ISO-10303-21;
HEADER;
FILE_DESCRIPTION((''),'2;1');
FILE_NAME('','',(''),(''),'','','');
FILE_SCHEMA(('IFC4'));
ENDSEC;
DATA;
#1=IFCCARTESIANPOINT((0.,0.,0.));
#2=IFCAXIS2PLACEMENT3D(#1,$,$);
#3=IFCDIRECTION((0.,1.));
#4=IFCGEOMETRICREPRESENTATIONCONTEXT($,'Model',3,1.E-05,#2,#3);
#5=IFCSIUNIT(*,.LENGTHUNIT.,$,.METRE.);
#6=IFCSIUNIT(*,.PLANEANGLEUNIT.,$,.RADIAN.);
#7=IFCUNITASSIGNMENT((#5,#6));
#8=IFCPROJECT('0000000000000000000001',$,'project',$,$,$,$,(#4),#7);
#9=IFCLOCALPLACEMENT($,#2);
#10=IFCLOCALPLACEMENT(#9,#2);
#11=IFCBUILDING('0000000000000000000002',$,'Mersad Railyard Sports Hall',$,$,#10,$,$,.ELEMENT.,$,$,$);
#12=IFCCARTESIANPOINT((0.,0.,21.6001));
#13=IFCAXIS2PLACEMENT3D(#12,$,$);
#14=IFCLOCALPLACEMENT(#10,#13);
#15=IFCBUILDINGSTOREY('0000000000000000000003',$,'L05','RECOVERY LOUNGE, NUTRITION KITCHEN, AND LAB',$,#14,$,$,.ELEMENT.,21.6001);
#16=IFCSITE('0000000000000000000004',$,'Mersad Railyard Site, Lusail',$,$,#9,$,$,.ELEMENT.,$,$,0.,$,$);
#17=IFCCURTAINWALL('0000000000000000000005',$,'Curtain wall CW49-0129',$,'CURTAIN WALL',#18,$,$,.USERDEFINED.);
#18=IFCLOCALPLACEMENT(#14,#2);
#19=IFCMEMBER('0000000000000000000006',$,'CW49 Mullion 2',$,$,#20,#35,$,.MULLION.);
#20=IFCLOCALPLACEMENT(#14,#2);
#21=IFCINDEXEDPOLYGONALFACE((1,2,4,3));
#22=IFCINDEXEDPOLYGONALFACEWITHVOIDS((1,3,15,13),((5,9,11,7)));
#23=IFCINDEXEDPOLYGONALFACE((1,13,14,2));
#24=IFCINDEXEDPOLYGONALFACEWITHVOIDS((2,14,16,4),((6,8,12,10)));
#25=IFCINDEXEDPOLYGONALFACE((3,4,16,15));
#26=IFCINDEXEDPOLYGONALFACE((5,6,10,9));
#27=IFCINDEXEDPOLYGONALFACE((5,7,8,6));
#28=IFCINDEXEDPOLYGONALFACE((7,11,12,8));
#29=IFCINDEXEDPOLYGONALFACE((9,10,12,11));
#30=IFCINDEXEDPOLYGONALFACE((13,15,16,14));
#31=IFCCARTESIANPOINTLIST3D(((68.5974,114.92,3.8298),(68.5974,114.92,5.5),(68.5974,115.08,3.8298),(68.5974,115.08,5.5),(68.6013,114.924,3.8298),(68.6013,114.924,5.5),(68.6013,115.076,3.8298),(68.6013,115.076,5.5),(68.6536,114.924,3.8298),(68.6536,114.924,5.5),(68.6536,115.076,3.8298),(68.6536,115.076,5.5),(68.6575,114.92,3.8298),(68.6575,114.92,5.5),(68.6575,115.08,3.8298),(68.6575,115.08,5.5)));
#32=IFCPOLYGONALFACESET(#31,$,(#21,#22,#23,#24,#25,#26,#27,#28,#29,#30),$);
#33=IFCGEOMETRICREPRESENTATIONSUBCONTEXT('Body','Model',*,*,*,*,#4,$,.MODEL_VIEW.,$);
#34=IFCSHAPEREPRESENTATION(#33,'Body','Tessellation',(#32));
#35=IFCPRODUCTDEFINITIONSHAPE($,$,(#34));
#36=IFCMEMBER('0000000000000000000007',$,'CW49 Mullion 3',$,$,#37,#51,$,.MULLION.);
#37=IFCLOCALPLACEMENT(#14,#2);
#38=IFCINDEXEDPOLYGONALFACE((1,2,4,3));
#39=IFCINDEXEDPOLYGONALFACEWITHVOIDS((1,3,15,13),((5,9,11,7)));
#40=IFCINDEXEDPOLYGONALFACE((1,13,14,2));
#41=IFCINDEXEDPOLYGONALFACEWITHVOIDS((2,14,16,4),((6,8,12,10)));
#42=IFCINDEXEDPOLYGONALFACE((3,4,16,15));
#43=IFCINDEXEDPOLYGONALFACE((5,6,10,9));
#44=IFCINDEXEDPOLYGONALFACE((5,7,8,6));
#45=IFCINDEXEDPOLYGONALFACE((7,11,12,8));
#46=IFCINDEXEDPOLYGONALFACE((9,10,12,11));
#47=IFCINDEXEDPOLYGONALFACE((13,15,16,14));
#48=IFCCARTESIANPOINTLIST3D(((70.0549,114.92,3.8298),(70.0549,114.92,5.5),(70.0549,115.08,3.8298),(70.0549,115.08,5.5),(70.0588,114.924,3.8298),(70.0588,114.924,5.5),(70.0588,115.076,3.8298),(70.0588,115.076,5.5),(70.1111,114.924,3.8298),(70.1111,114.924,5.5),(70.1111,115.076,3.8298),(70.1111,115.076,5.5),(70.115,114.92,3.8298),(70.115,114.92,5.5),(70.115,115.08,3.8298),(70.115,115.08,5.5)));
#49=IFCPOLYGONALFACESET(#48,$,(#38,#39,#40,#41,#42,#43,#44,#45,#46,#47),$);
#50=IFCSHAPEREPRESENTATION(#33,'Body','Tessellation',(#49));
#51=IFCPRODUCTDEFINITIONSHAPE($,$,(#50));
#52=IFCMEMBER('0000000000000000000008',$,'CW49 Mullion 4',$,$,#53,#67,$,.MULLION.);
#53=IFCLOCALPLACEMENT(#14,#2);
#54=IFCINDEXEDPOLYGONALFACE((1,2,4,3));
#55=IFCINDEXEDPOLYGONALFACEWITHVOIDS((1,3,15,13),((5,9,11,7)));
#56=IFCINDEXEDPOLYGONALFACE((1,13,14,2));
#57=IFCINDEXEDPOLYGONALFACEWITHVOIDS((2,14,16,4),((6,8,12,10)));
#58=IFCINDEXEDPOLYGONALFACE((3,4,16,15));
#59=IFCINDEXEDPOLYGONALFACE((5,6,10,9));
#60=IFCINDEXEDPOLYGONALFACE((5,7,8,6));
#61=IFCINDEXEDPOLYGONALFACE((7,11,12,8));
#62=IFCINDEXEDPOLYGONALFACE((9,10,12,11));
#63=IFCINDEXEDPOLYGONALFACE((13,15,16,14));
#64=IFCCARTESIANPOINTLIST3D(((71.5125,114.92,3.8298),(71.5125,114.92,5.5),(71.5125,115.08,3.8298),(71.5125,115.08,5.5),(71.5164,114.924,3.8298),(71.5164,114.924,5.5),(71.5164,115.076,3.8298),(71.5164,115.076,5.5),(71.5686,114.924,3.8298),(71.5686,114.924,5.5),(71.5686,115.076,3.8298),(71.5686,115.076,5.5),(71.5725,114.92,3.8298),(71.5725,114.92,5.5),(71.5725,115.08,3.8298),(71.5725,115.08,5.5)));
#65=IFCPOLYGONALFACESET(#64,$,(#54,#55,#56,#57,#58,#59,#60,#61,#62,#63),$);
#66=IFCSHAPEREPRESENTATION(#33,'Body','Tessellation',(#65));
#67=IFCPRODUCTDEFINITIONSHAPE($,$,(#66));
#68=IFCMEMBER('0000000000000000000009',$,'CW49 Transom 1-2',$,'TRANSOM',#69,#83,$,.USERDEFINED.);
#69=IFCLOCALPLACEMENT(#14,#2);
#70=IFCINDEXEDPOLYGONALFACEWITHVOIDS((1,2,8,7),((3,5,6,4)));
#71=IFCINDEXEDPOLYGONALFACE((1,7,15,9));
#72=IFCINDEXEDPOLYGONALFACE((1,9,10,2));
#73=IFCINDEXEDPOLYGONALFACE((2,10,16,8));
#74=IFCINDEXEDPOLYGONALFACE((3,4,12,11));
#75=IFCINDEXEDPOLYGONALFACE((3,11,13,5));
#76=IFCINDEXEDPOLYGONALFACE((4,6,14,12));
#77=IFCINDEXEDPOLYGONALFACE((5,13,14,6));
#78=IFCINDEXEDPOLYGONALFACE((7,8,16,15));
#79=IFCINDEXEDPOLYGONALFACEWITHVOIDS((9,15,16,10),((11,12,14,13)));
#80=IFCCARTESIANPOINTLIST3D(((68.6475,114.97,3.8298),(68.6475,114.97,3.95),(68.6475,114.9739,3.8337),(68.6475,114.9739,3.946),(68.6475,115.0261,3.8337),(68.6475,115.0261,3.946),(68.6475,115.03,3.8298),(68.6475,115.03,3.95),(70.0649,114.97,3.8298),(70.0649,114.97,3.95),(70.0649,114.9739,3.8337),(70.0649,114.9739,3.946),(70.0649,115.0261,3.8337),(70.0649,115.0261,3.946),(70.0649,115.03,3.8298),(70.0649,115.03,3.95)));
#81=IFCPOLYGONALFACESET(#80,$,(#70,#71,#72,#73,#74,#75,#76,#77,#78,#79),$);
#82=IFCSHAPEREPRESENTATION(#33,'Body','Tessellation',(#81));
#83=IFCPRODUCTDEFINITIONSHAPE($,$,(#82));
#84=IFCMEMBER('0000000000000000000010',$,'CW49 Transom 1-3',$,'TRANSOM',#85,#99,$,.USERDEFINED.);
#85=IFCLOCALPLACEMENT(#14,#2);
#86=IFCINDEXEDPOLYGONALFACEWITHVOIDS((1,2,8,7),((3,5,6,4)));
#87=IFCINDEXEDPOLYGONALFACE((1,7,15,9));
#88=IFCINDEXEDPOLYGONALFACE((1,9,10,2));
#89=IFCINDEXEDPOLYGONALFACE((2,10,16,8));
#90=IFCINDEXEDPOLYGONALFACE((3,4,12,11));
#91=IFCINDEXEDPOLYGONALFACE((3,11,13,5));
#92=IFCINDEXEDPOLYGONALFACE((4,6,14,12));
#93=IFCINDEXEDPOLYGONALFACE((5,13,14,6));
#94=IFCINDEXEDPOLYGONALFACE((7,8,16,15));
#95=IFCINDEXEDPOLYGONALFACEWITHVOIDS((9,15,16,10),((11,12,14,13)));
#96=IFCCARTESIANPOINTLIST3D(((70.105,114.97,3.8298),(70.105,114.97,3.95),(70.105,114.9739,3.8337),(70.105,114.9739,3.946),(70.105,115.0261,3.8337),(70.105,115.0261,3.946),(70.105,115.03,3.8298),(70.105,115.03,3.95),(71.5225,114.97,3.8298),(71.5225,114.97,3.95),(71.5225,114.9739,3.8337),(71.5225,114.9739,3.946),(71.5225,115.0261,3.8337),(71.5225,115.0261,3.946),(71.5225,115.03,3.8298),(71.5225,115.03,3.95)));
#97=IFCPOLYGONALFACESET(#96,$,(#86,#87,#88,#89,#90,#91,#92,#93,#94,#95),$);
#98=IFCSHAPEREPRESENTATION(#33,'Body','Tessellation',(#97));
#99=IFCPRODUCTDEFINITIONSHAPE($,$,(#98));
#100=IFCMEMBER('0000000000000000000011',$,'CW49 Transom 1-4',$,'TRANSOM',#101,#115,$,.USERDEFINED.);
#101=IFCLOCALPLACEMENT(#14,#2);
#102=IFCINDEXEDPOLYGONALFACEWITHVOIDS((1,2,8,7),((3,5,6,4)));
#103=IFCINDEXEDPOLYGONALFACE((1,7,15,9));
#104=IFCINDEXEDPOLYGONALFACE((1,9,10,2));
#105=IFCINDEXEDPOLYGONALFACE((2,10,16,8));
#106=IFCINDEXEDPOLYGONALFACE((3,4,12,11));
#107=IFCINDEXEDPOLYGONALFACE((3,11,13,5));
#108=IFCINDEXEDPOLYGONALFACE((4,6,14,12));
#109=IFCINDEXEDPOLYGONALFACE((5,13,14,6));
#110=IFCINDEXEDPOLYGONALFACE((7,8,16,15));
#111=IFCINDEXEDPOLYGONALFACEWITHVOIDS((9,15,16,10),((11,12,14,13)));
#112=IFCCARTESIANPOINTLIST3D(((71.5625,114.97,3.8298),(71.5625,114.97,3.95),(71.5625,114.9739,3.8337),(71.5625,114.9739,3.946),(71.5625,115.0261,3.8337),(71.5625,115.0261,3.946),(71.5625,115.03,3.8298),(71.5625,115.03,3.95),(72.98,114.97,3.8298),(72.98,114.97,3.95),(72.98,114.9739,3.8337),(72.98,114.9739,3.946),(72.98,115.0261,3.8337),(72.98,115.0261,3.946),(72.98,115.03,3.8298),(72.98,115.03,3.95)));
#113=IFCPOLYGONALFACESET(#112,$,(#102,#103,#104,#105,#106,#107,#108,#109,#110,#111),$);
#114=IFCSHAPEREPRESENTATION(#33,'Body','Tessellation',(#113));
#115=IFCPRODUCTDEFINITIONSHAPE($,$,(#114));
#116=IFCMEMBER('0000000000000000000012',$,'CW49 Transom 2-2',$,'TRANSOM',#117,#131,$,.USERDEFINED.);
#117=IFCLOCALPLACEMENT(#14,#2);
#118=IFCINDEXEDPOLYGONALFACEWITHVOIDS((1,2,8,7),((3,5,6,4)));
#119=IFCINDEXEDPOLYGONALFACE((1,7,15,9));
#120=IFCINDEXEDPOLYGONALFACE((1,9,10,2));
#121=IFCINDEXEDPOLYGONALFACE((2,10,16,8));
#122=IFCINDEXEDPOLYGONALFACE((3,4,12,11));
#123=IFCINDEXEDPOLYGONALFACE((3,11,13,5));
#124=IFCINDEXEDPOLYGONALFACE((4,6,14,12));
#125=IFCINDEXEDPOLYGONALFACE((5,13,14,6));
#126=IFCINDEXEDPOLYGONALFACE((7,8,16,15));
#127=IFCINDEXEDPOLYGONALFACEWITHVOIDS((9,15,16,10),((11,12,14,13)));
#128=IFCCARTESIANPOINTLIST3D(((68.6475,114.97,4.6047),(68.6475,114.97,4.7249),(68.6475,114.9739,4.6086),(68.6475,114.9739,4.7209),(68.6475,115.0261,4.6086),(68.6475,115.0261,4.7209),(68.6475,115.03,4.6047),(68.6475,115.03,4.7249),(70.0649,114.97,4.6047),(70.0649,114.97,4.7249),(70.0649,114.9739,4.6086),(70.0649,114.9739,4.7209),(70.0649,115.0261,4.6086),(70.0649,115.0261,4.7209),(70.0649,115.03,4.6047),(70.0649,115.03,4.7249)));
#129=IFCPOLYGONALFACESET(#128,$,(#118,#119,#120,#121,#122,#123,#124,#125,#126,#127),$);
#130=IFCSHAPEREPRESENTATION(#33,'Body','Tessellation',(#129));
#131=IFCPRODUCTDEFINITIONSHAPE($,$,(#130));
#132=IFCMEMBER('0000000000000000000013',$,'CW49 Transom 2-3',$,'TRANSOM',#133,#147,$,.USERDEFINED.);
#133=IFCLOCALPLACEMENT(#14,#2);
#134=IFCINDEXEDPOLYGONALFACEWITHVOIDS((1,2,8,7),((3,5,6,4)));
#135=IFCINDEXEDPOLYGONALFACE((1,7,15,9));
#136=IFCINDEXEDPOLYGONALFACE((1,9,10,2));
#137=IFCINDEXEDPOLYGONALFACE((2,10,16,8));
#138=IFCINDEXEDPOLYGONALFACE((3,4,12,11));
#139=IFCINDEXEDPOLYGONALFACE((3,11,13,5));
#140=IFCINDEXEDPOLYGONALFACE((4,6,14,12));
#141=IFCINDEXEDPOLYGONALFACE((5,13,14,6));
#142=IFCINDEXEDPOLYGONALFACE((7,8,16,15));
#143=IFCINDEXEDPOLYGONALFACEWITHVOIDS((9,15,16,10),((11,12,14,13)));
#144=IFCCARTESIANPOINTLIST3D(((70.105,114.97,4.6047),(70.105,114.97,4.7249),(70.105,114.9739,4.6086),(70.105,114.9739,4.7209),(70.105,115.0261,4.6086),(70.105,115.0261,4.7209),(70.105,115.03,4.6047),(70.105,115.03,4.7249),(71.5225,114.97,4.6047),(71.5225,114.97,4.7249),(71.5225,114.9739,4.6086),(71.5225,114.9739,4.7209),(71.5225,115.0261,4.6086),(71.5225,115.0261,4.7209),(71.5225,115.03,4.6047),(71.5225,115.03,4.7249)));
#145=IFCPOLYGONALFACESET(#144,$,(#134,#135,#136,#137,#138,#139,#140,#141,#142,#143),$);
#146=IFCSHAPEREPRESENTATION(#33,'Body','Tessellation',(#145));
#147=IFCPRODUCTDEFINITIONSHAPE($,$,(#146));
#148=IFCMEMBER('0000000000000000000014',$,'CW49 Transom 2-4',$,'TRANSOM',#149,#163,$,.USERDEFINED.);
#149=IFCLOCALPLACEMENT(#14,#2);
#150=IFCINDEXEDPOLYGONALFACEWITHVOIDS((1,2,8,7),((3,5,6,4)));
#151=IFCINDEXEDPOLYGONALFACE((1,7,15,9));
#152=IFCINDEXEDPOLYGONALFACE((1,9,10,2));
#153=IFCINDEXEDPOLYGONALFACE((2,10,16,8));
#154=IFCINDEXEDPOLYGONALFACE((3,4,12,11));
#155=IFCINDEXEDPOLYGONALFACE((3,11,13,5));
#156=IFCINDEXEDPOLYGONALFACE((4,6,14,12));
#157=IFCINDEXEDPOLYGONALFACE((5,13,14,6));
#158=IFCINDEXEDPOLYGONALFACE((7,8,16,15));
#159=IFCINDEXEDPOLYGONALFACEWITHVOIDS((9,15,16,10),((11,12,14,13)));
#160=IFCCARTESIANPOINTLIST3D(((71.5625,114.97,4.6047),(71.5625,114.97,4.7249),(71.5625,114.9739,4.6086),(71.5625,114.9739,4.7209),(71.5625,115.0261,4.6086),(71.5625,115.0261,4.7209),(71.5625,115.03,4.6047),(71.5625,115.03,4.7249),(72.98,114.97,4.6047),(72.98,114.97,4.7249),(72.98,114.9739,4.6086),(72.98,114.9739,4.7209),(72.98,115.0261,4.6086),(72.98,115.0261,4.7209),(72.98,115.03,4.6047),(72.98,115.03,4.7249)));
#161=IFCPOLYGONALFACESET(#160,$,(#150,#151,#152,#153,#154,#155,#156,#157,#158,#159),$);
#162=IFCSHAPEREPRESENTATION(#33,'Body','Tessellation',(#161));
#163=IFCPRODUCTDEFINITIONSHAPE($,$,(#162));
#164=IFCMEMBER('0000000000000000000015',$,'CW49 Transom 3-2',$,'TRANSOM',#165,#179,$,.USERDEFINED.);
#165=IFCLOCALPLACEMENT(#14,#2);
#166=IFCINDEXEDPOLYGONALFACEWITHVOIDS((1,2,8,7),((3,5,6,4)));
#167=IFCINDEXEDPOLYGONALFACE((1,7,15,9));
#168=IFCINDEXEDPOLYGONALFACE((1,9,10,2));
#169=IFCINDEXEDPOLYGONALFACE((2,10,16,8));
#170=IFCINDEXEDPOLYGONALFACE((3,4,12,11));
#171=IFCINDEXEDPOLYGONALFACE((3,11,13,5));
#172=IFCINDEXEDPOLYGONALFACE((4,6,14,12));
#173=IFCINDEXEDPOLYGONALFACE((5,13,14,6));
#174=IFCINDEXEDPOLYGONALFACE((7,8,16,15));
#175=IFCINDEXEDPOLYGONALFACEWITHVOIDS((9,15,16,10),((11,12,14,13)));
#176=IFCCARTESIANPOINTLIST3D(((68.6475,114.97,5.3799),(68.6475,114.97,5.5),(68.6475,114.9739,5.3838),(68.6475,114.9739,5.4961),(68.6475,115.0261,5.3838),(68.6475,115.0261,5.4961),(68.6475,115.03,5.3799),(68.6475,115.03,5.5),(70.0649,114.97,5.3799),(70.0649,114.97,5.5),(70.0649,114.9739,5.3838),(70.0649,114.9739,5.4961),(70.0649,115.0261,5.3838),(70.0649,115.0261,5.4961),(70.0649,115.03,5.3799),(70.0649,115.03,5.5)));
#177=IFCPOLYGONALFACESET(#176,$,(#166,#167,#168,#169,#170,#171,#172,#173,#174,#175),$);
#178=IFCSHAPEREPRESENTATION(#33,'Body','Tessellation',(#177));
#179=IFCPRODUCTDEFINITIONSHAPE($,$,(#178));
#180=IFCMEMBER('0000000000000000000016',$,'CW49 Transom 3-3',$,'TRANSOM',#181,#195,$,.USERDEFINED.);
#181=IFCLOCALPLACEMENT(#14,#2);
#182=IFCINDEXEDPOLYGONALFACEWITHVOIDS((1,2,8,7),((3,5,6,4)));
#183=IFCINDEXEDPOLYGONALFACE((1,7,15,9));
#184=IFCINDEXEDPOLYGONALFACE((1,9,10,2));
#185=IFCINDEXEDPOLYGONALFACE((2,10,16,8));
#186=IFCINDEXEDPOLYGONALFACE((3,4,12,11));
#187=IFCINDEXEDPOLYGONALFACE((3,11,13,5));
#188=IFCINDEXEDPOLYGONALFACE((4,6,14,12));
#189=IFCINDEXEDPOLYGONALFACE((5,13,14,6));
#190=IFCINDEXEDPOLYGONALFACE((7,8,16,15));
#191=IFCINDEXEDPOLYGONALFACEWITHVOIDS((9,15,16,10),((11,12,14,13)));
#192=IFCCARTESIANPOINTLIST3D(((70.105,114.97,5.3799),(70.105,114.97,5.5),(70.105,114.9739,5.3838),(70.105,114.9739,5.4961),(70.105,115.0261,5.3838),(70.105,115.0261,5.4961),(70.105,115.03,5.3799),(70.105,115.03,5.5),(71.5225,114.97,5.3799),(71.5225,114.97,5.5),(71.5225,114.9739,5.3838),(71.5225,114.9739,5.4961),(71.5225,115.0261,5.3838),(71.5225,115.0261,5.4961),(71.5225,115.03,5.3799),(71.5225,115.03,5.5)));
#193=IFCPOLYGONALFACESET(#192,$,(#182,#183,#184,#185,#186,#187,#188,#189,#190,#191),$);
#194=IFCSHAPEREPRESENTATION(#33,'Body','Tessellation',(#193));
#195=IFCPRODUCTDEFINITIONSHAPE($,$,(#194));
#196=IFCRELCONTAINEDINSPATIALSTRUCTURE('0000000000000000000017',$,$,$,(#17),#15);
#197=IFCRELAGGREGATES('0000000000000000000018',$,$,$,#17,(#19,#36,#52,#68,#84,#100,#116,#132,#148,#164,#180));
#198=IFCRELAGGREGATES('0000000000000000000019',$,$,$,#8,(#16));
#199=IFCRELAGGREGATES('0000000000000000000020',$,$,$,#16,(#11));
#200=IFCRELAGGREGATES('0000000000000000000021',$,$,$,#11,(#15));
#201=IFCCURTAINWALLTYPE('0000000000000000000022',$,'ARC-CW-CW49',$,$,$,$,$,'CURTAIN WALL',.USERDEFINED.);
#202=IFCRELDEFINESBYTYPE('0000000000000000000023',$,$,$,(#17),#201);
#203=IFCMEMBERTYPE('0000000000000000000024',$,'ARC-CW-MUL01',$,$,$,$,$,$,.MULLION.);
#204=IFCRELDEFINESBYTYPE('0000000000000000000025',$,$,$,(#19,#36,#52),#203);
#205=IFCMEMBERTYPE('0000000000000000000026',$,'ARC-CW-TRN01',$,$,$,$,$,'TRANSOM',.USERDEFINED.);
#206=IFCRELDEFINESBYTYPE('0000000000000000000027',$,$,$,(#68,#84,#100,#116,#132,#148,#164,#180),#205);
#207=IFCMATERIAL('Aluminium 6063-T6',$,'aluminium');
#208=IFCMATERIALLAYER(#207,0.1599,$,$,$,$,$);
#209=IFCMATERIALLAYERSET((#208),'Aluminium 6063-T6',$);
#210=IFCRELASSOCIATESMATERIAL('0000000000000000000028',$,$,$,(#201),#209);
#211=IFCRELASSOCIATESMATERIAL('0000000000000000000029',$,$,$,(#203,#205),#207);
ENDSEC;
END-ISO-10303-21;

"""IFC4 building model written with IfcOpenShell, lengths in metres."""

from ifc_helpers import new_model, si_unit, direction, frame, origin, origin_2d, place, context, subcontext, project, spatial, hollow_rectangle, extrude, material, layer, layer_set, material_profile, profile_set, type_object, element, aggregate, save


model = new_model("IFC4")

# Units and contexts
model_context = context("Model", 3, precision=1e-05, world=origin(), true_north=direction((0.0, 1.0)))
body_context = subcontext(model_context, "Body", "Model", "MODEL_VIEW")
ifc_project = project(units=[si_unit("LENGTHUNIT", "METRE"), si_unit("PLANEANGLEUNIT", "RADIAN")], contexts=[model_context])

# Site, building, storey
site_placement = place(None, origin())
site = spatial("IfcSite", under=ifc_project, at=site_placement, Name="Mersad Railyard Site, Lusail", CompositionType="ELEMENT", RefElevation=0.0)
building_placement = place(site_placement, origin())
building = spatial("IfcBuilding", under=site, at=building_placement, Name="Mersad Railyard Sports Hall", CompositionType="ELEMENT")
storey_placement = place(building_placement, frame((0.0, 0.0, 21.6001)))
storey = spatial("IfcBuildingStorey", under=building, at=storey_placement, Name="L05", Description="RECOVERY LOUNGE, NUTRITION KITCHEN, AND LAB", CompositionType="ELEMENT", Elevation=21.6001)

# Curtain wall, members
ifc_material_1 = material(Name="Aluminium 6063-T6", Category="aluminium")
ifc_layer_1 = layer(ifc_material_1, 0.1599)
ifc_layer_set_1 = layer_set([ifc_layer_1], Name="Aluminium 6063-T6")
curtain_wall_type = type_object("IfcCurtainWallType", Name="ARC-CW-CW49", ElementType="CURTAIN WALL", PredefinedType="USERDEFINED", material=ifc_layer_set_1)
curtain_wall_placement = place(storey_placement, origin())
curtain_wall = element("IfcCurtainWall", 1, at=curtain_wall_placement, inside=storey, type_object=curtain_wall_type, Name="Curtain wall CW49-0129", ObjectType="CURTAIN WALL", PredefinedType="USERDEFINED")
ifc_material_profile_1 = material_profile(ifc_material_1, hollow_rectangle(XDim=0.0601, YDim=0.1599, WallThickness=0.0039, at=origin_2d()), Name="AL MULLION 60x160x4")
ifc_profile_set_1 = profile_set([ifc_material_profile_1], Name="Aluminium 6063-T6")
member_type_1 = type_object("IfcMemberType", Name="ARC-CW-MUL01", PredefinedType="MULLION", material=ifc_profile_set_1)
member_1_placement = place(storey_placement, frame((68.6274, 115.0, 3.8298), z_axis=(0.0, 0.0, 1.0), x_axis=(1.0, 0.0, 0.0)))
member_1 = element("IfcMember", 2, at=member_1_placement, type_object=member_type_1, Name="CW49 Mullion 2", PredefinedType="MULLION", context=body_context, shape_type="SweptSolid", body=[
    extrude(hollow_rectangle(XDim=0.0601, YDim=0.1599, WallThickness=0.0039, at=origin_2d()), origin(), (0.0, 0.0, 1.0), 1.6702),
])
member_2_placement = place(storey_placement, frame((70.085, 115.0, 3.8298), z_axis=(0.0, 0.0, 1.0), x_axis=(1.0, 0.0, 0.0)))
member_2 = element("IfcMember", 3, at=member_2_placement, type_object=member_type_1, Name="CW49 Mullion 3", PredefinedType="MULLION", context=body_context, shape_type="SweptSolid", body=[
    extrude(hollow_rectangle(XDim=0.0601, YDim=0.1599, WallThickness=0.0039, at=origin_2d()), origin(), (0.0, 0.0, 1.0), 1.6702),
])
member_3_placement = place(storey_placement, frame((71.5425, 115.0, 3.8298), z_axis=(0.0, 0.0, 1.0), x_axis=(1.0, 0.0, 0.0)))
member_3 = element("IfcMember", 4, at=member_3_placement, type_object=member_type_1, Name="CW49 Mullion 4", PredefinedType="MULLION", context=body_context, shape_type="SweptSolid", body=[
    extrude(hollow_rectangle(XDim=0.0601, YDim=0.1599, WallThickness=0.0039, at=origin_2d()), origin(), (0.0, 0.0, 1.0), 1.6702),
])
ifc_material_profile_2 = material_profile(ifc_material_1, hollow_rectangle(XDim=0.0601, YDim=0.1201, WallThickness=0.0039, at=origin_2d()), Name="AL TRANSOM 60x120x4")
ifc_profile_set_2 = profile_set([ifc_material_profile_2], Name="Aluminium 6063-T6")
member_type_2 = type_object("IfcMemberType", Name="ARC-CW-TRN01", ElementType="TRANSOM", PredefinedType="USERDEFINED", material=ifc_profile_set_2)
member_4_placement = place(storey_placement, frame((68.6475, 115.0, 3.8899), z_axis=(1.0, 0.0, 0.0), x_axis=(0.0, 1.0, 0.0)))
member_4 = element("IfcMember", 5, at=member_4_placement, type_object=member_type_2, Name="CW49 Transom 1-2", ObjectType="TRANSOM", PredefinedType="USERDEFINED", context=body_context, shape_type="SweptSolid", body=[
    extrude(hollow_rectangle(XDim=0.0601, YDim=0.1201, WallThickness=0.0039, at=origin_2d()), origin(), (0.0, 0.0, 1.0), 1.4175),
])
member_5_placement = place(storey_placement, frame((70.105, 115.0, 3.8899), z_axis=(1.0, 0.0, 0.0), x_axis=(0.0, 1.0, 0.0)))
member_5 = element("IfcMember", 6, at=member_5_placement, type_object=member_type_2, Name="CW49 Transom 1-3", ObjectType="TRANSOM", PredefinedType="USERDEFINED", context=body_context, shape_type="SweptSolid", body=[
    extrude(hollow_rectangle(XDim=0.0601, YDim=0.1201, WallThickness=0.0039, at=origin_2d()), origin(), (0.0, 0.0, 1.0), 1.4175),
])
member_6_placement = place(storey_placement, frame((71.5625, 115.0, 3.8899), z_axis=(1.0, 0.0, 0.0), x_axis=(0.0, 1.0, 0.0)))
member_6 = element("IfcMember", 7, at=member_6_placement, type_object=member_type_2, Name="CW49 Transom 1-4", ObjectType="TRANSOM", PredefinedType="USERDEFINED", context=body_context, shape_type="SweptSolid", body=[
    extrude(hollow_rectangle(XDim=0.0601, YDim=0.1201, WallThickness=0.0039, at=origin_2d()), origin(), (0.0, 0.0, 1.0), 1.4175),
])
member_7_placement = place(storey_placement, frame((68.6475, 115.0, 4.6648), z_axis=(1.0, 0.0, 0.0), x_axis=(0.0, 1.0, 0.0)))
member_7 = element("IfcMember", 8, at=member_7_placement, type_object=member_type_2, Name="CW49 Transom 2-2", ObjectType="TRANSOM", PredefinedType="USERDEFINED", context=body_context, shape_type="SweptSolid", body=[
    extrude(hollow_rectangle(XDim=0.0601, YDim=0.1201, WallThickness=0.0039, at=origin_2d()), origin(), (0.0, 0.0, 1.0), 1.4175),
])
member_8_placement = place(storey_placement, frame((70.105, 115.0, 4.6648), z_axis=(1.0, 0.0, 0.0), x_axis=(0.0, 1.0, 0.0)))
member_8 = element("IfcMember", 9, at=member_8_placement, type_object=member_type_2, Name="CW49 Transom 2-3", ObjectType="TRANSOM", PredefinedType="USERDEFINED", context=body_context, shape_type="SweptSolid", body=[
    extrude(hollow_rectangle(XDim=0.0601, YDim=0.1201, WallThickness=0.0039, at=origin_2d()), origin(), (0.0, 0.0, 1.0), 1.4175),
])
member_9_placement = place(storey_placement, frame((71.5625, 115.0, 4.6648), z_axis=(1.0, 0.0, 0.0), x_axis=(0.0, 1.0, 0.0)))
member_9 = element("IfcMember", 10, at=member_9_placement, type_object=member_type_2, Name="CW49 Transom 2-4", ObjectType="TRANSOM", PredefinedType="USERDEFINED", context=body_context, shape_type="SweptSolid", body=[
    extrude(hollow_rectangle(XDim=0.0601, YDim=0.1201, WallThickness=0.0039, at=origin_2d()), origin(), (0.0, 0.0, 1.0), 1.4175),
])
member_10_placement = place(storey_placement, frame((68.6475, 115.0, 5.4399), z_axis=(1.0, 0.0, 0.0), x_axis=(0.0, 1.0, 0.0)))
member_10 = element("IfcMember", 11, at=member_10_placement, type_object=member_type_2, Name="CW49 Transom 3-2", ObjectType="TRANSOM", PredefinedType="USERDEFINED", context=body_context, shape_type="SweptSolid", body=[
    extrude(hollow_rectangle(XDim=0.0601, YDim=0.1201, WallThickness=0.0039, at=origin_2d()), origin(), (0.0, 0.0, 1.0), 1.4175),
])
member_11_placement = place(storey_placement, frame((70.105, 115.0, 5.4399), z_axis=(1.0, 0.0, 0.0), x_axis=(0.0, 1.0, 0.0)))
member_11 = element("IfcMember", 12, at=member_11_placement, type_object=member_type_2, Name="CW49 Transom 3-3", ObjectType="TRANSOM", PredefinedType="USERDEFINED", context=body_context, shape_type="SweptSolid", body=[
    extrude(hollow_rectangle(XDim=0.0601, YDim=0.1201, WallThickness=0.0039, at=origin_2d()), origin(), (0.0, 0.0, 1.0), 1.4175),
])
aggregate(curtain_wall, [member_1, member_2, member_3, member_4, member_5, member_6, member_7, member_8, member_9, member_10, member_11])

save(model, "model.ifc")
